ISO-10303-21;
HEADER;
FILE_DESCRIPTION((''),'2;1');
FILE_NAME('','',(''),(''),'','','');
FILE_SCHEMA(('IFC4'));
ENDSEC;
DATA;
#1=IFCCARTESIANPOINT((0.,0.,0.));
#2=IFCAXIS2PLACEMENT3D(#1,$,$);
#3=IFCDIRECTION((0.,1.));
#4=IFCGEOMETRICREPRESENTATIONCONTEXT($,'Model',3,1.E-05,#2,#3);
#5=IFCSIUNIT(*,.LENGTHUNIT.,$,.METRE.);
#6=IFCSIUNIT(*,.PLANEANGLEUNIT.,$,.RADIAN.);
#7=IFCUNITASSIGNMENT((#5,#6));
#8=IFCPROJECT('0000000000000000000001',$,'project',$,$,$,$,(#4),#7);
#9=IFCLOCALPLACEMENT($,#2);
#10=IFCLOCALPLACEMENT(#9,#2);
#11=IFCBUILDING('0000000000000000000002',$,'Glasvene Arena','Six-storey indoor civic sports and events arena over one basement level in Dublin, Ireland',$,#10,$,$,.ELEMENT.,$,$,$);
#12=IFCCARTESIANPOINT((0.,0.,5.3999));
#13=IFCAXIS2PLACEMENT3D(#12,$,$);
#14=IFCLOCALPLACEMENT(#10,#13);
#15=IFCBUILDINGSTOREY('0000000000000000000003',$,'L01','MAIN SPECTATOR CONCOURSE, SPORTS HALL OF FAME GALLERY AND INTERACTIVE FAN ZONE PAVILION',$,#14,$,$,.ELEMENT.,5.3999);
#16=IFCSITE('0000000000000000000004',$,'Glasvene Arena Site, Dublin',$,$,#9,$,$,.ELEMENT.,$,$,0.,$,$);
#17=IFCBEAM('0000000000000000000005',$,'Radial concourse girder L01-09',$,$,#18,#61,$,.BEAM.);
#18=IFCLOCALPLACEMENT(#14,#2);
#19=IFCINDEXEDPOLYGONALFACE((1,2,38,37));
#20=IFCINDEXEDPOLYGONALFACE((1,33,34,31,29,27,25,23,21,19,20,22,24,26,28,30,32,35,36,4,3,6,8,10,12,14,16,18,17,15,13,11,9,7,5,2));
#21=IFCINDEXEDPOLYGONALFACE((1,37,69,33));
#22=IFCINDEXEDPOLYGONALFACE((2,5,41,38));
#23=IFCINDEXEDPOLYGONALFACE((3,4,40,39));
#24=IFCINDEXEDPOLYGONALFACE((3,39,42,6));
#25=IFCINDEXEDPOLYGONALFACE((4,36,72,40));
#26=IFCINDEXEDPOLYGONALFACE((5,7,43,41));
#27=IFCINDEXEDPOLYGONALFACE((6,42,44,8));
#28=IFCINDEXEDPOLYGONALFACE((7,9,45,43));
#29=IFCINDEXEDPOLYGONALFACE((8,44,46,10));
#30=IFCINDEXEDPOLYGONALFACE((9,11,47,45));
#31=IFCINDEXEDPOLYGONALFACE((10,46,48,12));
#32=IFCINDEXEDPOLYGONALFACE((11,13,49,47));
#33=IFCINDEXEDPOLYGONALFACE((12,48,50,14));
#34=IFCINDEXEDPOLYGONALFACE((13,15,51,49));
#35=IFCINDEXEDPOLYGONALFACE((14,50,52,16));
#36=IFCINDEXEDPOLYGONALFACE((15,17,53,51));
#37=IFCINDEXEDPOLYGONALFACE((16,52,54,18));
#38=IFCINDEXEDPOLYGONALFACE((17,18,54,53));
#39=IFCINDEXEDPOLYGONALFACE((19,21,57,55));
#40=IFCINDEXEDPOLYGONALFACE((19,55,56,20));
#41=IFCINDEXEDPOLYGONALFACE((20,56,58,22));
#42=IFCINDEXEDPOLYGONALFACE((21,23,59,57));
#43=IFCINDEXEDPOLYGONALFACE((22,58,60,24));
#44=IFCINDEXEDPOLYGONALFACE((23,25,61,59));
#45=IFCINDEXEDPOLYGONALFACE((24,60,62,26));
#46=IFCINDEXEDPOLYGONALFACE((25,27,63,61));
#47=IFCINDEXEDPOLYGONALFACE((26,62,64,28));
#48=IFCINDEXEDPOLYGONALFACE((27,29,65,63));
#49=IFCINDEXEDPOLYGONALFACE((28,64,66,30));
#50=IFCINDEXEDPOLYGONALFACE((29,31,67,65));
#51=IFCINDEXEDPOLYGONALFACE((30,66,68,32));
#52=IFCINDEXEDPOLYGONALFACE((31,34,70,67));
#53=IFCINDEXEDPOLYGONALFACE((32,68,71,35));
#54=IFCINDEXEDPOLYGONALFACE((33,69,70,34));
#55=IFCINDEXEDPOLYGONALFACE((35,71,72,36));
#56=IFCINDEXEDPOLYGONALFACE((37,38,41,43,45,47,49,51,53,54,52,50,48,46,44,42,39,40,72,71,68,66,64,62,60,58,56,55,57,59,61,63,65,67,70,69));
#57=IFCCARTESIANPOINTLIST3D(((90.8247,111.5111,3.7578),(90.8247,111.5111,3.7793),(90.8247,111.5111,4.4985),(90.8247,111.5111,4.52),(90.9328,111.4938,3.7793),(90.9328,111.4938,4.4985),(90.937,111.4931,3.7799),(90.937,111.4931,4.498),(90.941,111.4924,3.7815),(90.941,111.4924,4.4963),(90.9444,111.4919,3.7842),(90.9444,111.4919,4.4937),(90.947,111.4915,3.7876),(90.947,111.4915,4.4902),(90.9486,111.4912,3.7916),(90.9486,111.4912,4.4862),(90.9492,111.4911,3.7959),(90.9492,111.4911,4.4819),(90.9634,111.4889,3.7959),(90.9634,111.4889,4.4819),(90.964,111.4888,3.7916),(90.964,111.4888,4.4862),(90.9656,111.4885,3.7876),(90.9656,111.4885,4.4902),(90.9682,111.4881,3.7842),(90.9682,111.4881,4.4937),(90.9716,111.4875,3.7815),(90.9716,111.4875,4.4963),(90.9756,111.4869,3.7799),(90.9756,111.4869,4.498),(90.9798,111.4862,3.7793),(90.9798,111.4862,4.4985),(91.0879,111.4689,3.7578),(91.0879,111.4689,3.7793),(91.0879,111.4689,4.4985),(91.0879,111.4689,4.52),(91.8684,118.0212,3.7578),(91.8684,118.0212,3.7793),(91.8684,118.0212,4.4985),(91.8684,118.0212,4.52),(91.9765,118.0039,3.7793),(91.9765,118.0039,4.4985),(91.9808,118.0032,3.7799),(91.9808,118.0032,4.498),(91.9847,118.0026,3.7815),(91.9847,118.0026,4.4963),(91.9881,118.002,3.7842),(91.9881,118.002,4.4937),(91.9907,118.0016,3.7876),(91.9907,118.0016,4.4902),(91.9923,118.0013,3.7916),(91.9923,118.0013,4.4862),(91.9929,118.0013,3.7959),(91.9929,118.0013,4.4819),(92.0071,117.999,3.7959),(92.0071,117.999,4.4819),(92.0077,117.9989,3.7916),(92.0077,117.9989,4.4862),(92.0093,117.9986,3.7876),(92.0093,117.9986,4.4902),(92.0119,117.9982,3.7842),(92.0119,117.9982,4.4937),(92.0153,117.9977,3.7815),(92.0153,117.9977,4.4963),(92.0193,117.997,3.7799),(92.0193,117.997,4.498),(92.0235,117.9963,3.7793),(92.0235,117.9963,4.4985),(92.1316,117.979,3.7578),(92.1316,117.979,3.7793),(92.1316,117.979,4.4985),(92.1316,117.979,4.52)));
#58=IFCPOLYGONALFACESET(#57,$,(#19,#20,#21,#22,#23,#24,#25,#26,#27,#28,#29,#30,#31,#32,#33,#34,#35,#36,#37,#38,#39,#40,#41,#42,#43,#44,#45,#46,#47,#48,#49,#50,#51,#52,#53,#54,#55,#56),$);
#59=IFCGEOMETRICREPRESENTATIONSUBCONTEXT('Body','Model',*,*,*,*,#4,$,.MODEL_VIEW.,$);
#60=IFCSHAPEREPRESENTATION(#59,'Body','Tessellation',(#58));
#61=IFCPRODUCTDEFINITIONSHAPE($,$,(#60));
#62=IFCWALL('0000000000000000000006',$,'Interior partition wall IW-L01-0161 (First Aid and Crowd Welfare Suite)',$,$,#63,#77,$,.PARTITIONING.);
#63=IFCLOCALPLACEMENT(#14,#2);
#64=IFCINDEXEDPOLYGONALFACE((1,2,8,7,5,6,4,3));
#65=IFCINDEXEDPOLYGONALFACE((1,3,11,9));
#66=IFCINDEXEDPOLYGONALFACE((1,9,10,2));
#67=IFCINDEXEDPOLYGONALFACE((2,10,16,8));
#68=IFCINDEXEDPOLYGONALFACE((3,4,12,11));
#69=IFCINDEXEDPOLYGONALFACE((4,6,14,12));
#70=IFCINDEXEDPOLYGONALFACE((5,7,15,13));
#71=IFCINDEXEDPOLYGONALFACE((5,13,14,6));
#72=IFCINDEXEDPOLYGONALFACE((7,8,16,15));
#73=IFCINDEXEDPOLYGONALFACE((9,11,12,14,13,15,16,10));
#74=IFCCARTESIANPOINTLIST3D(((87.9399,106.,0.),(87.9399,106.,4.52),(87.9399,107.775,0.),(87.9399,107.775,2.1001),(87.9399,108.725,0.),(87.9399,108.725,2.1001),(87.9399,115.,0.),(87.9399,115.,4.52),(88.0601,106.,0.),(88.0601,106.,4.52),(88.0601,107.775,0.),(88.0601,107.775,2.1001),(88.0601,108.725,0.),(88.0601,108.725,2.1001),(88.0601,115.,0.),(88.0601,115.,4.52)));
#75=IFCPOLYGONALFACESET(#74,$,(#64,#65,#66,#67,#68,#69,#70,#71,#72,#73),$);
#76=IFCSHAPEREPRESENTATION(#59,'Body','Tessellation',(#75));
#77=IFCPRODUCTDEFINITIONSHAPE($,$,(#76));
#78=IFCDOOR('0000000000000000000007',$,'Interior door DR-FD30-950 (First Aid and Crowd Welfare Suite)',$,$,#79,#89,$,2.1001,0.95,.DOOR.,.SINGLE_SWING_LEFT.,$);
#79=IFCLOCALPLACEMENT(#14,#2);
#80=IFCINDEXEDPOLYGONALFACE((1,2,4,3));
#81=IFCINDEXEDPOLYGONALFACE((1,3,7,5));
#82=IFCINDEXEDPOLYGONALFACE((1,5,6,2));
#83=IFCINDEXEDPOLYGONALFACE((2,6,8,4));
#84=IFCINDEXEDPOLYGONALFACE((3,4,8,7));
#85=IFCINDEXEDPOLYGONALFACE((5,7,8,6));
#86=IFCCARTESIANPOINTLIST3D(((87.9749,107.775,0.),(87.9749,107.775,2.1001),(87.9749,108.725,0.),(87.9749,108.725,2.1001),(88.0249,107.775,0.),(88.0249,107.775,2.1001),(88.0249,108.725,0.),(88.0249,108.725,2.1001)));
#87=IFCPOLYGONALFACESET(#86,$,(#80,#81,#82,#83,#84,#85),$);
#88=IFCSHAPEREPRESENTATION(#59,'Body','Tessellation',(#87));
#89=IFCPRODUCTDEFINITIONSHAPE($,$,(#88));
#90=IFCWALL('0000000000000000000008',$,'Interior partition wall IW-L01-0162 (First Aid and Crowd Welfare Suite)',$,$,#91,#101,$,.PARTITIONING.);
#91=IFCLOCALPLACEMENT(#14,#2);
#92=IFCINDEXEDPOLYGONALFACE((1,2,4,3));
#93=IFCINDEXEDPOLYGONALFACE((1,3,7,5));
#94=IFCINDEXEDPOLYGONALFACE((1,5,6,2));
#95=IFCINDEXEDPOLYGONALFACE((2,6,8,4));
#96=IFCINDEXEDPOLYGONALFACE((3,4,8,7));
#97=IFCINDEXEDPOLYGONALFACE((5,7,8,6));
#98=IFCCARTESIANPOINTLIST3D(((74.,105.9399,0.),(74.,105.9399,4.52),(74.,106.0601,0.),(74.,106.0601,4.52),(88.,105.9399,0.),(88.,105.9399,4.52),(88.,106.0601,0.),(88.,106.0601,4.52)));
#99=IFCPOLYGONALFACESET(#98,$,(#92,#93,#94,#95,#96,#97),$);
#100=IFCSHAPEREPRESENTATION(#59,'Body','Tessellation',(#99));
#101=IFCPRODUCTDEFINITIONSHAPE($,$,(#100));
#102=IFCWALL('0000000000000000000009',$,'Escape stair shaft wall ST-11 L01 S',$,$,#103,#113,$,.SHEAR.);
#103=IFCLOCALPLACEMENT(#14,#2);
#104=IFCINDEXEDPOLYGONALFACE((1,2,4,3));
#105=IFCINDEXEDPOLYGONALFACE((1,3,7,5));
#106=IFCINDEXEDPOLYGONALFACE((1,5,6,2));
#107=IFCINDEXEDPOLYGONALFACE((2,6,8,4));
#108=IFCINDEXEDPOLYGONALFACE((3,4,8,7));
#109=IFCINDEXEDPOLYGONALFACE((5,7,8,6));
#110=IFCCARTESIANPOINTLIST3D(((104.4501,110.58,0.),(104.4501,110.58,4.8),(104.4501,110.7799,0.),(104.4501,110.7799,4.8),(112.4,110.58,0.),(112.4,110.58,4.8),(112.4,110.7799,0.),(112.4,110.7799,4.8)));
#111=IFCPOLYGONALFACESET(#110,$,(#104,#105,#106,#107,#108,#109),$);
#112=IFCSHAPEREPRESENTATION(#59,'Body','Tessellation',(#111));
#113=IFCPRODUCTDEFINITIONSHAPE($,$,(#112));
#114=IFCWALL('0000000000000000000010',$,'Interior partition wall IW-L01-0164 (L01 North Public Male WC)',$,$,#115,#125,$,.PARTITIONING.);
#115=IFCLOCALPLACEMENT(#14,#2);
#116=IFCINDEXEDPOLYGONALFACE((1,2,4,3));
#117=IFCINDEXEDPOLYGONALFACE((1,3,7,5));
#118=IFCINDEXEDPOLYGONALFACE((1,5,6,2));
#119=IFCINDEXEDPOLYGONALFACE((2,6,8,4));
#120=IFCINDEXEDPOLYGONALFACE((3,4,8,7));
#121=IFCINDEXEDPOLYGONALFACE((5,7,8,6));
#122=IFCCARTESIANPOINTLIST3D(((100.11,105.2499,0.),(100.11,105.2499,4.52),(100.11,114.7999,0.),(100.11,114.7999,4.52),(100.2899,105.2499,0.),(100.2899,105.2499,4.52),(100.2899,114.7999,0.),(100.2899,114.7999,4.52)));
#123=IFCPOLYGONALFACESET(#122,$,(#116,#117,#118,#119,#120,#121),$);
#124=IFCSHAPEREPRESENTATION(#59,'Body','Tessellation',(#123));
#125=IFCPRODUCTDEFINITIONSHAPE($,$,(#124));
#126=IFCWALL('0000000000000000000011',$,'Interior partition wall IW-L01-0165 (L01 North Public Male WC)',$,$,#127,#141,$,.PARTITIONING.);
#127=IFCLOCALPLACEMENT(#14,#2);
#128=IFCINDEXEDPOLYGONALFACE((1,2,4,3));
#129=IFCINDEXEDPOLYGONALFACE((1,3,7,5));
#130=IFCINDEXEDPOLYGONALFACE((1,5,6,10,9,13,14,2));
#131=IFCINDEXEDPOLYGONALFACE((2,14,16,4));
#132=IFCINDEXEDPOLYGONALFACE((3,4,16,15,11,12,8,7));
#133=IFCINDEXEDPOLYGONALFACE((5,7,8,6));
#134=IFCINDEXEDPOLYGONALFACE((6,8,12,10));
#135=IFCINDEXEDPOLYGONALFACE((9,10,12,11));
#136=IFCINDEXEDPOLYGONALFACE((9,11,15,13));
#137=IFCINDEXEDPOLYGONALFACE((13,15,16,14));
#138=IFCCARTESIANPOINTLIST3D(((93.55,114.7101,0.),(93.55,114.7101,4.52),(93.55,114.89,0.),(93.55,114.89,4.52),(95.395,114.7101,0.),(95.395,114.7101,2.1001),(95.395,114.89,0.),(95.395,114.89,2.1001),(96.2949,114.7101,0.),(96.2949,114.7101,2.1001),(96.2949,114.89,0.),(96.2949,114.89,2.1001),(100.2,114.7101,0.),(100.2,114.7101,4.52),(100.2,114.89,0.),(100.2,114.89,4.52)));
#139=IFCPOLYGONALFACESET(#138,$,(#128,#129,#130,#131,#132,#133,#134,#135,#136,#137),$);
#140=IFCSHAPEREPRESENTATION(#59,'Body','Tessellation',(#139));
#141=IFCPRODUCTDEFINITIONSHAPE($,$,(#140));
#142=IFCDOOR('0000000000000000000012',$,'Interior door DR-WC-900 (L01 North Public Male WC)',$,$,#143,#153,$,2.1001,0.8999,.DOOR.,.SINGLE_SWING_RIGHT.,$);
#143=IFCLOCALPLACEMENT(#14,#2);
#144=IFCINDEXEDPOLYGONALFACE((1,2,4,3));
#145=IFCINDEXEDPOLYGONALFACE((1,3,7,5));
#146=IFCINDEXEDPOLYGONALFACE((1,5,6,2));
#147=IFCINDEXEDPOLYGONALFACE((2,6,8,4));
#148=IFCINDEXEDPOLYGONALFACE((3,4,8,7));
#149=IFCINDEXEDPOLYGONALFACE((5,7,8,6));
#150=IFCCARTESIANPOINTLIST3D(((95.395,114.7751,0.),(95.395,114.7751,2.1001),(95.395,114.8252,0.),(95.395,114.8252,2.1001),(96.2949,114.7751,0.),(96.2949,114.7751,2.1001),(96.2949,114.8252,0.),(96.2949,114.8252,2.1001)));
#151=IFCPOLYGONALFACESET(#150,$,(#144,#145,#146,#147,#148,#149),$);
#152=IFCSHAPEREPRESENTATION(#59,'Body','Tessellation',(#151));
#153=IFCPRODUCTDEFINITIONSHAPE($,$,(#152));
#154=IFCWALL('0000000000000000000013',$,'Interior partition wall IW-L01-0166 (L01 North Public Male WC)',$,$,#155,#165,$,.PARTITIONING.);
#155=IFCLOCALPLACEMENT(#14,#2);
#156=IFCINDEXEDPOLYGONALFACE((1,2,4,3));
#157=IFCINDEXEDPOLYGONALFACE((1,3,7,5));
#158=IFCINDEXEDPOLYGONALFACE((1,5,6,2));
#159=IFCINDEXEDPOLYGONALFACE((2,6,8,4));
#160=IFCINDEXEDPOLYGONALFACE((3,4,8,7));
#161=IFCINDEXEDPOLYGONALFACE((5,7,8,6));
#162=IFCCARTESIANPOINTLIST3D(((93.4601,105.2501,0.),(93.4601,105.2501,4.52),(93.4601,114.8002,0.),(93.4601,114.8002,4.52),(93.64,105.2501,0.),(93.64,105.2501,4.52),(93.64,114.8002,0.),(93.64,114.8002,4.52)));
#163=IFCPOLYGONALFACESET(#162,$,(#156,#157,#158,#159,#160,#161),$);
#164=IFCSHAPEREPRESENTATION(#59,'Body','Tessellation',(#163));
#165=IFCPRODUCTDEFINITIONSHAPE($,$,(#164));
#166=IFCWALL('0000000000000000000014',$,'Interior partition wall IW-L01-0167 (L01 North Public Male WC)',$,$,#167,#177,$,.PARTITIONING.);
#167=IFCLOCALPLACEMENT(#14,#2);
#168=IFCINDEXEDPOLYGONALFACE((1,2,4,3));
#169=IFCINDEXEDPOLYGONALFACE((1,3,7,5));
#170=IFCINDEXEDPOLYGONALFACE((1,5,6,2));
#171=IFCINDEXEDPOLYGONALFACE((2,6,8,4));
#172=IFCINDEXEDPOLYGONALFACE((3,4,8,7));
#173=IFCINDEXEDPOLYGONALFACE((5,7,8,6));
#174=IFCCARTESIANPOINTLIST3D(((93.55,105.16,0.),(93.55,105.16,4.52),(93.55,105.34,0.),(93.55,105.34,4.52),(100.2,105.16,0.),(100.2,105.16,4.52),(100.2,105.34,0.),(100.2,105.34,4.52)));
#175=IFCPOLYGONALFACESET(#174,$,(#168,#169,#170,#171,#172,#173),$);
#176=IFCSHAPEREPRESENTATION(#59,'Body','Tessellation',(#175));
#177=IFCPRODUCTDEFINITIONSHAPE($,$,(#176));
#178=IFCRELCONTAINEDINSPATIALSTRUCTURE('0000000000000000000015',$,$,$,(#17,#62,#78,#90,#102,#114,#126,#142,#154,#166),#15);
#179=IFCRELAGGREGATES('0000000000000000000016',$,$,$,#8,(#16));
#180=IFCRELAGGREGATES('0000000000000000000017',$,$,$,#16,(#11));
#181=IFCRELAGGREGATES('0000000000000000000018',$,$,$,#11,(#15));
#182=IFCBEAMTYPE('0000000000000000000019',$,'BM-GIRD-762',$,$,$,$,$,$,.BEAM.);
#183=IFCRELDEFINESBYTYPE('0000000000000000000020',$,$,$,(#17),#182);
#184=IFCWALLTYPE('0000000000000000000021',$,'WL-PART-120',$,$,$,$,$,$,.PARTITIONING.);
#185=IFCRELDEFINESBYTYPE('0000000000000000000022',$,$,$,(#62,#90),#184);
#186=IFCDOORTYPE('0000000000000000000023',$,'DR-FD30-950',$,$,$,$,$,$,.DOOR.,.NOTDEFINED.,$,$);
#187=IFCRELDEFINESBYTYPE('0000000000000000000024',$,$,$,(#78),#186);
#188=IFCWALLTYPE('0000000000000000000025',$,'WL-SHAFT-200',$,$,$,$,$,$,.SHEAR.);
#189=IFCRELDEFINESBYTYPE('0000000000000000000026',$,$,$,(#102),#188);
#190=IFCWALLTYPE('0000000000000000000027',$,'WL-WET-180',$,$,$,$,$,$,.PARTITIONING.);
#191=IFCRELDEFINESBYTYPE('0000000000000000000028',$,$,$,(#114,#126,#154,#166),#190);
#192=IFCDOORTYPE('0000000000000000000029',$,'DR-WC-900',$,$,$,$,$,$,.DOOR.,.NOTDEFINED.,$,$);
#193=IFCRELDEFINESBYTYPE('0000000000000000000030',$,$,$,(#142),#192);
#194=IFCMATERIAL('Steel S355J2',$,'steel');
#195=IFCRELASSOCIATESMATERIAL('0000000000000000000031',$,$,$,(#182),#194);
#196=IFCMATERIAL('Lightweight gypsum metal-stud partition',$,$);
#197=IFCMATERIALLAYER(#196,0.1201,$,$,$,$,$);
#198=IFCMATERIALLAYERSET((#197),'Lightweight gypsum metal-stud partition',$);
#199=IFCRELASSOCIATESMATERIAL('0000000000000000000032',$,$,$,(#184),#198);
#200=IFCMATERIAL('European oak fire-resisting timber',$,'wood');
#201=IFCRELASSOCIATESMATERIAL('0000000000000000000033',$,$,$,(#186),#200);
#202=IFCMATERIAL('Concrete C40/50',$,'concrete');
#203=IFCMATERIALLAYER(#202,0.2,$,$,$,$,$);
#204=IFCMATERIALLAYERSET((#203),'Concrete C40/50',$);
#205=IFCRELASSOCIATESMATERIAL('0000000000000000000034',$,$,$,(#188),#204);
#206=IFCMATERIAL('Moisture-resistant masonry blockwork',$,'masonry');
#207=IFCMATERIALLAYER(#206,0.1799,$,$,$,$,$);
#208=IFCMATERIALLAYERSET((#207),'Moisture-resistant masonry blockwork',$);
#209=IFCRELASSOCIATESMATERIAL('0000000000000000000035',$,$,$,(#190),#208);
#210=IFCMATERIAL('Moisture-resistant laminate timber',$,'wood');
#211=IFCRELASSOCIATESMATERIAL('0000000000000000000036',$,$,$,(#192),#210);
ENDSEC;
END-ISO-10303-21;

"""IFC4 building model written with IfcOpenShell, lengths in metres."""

from ifc_helpers import new_model, si_unit, direction, frame, frame_2d, origin, origin_2d, place, context, subcontext, project, spatial, rectangle, i_section, extrude, material, layer, layer_set, material_profile, profile_set, type_object, element, fill, save


model = new_model("IFC4")

# Units and contexts
model_context = context("Model", 3, precision=1e-05, world=origin(), true_north=direction((0.0, 1.0)))
body_context = subcontext(model_context, "Body", "Model", "MODEL_VIEW")
ifc_project = project(units=[si_unit("LENGTHUNIT", "METRE"), si_unit("PLANEANGLEUNIT", "RADIAN")], contexts=[model_context])

# Site, building, storey
site_placement = place(None, origin())
site = spatial("IfcSite", under=ifc_project, at=site_placement, Name="Glasvene Arena Site, Dublin", CompositionType="ELEMENT", RefElevation=0.0)
building_placement = place(site_placement, origin())
building = spatial("IfcBuilding", under=site, at=building_placement, Name="Glasvene Arena", Description="Six-storey indoor civic sports and events arena over one basement level in Dublin, Ireland", CompositionType="ELEMENT")
storey_placement = place(building_placement, frame((0.0, 0.0, 5.3999)))
storey = spatial("IfcBuildingStorey", under=building, at=storey_placement, Name="L01", Description="MAIN SPECTATOR CONCOURSE, SPORTS HALL OF FAME GALLERY AND INTERACTIVE FAN ZONE PAVILION", CompositionType="ELEMENT", Elevation=5.3999)

# Shared definitions
ifc_material_1 = material(Name="Steel S355J2", Category="steel")

# Beam
ifc_material_profile_1 = material_profile(ifc_material_1, i_section(OverallWidth=0.2666, OverallDepth=0.7622, WebThickness=0.0144, FlangeThickness=0.0215, FilletRadius=0.0166, at=origin_2d()), Name="UKB 762x267x173")
ifc_profile_set_1 = profile_set([ifc_material_profile_1], Name="Steel S355J2")
beam_type_1 = type_object("IfcBeamType", Name="BM-GIRD-762", PredefinedType="BEAM", material=ifc_profile_set_1)
for number, where, z_axis, x_axis, name in (
    (1, (90.9563, 111.49, 4.1389), (0.158301, 0.987391, 0.0), (-0.987391, 0.158301, 0.0), "Radial concourse girder L01-09"),
):
    element("IfcBeam", number, at=place(storey_placement, frame(where, z_axis=z_axis, x_axis=x_axis)), inside=storey, type_object=beam_type_1, Name=name, PredefinedType="BEAM", context=body_context, shape_type="SweptSolid", body=[
        extrude(i_section(OverallWidth=0.2666, OverallDepth=0.7622, WebThickness=0.0144, FlangeThickness=0.0215, FilletRadius=0.0166, at=origin_2d()), origin(), (0.0, 0.0, 1.0), 6.5933),
    ])

# Wall, opening, door
ifc_material_2 = material(Name="Lightweight gypsum metal-stud partition")
ifc_layer_1 = layer(ifc_material_2, 0.1201)
ifc_layer_set_1 = layer_set([ifc_layer_1], Name="Lightweight gypsum metal-stud partition")
wall_type_1 = type_object("IfcWallType", Name="WL-PART-120", PredefinedType="PARTITIONING", material=ifc_layer_set_1)
wall_1_placement = place(storey_placement, frame((88.0, 115.0, 0.0), z_axis=(0.0, 0.0, 1.0), x_axis=(0.0, -1.0, 0.0)))
wall_1 = element("IfcWall", 2, at=wall_1_placement, inside=storey, type_object=wall_type_1, Name="Interior partition wall IW-L01-0161 (First Aid and Crowd Welfare Suite)", PredefinedType="PARTITIONING", context=body_context, shape_type="SweptSolid", body=[
    extrude(rectangle(XDim=9.0, YDim=0.1201, at=frame_2d((4.5, 0.0))), origin(), (0.0, 0.0, 1.0), 4.52),
])
opening_1_placement = place(wall_1_placement, frame((6.2749, 0.0, 0.0)))
opening_1 = element("IfcOpeningElement", 3, at=opening_1_placement, cuts=wall_1, PredefinedType="OPENING", context=body_context, shape_type="SweptSolid", body=[
    extrude(rectangle(XDim=0.95, YDim=2.1001, at=frame_2d((0.4751, 1.05))), frame((0.0, 0.0701, 0.0), z_axis=(0.0, -1.0, 0.0), x_axis=(1.0, 0.0, 0.0)), (0.0, 0.0, 1.0), 0.1401),
])
ifc_material_3 = material(Name="European oak fire-resisting timber", Category="wood")
door_type_1 = type_object("IfcDoorType", Name="DR-FD30-950", OperationType="NOTDEFINED", PredefinedType="DOOR", material=ifc_material_3)
door_1_placement = place(opening_1_placement, origin())
door_1 = element("IfcDoor", 4, at=door_1_placement, inside=storey, type_object=door_type_1, Name="Interior door DR-FD30-950 (First Aid and Crowd Welfare Suite)", OperationType="SINGLE_SWING_LEFT", OverallHeight=2.1001, OverallWidth=0.95, PredefinedType="DOOR", context=body_context, shape_type="SweptSolid", body=[
    extrude(rectangle(XDim=0.95, YDim=2.1001, at=frame_2d((0.4751, 1.05))), frame((0.0, 0.0249, 0.0), z_axis=(0.0, -1.0, 0.0), x_axis=(1.0, 0.0, 0.0)), (0.0, 0.0, 1.0), 0.05),
])
fill(opening_1, door_1)

# Walls
wall_2_placement = place(storey_placement, frame((88.0, 106.0, 0.0), z_axis=(0.0, 0.0, 1.0), x_axis=(-1.0, 0.0, 0.0)))
element("IfcWall", 5, at=wall_2_placement, inside=storey, type_object=wall_type_1, Name="Interior partition wall IW-L01-0162 (First Aid and Crowd Welfare Suite)", PredefinedType="PARTITIONING", context=body_context, shape_type="SweptSolid", body=[
    extrude(rectangle(XDim=14.0, YDim=0.1201, at=frame_2d((7.0, 0.0))), origin(), (0.0, 0.0, 1.0), 4.52),
])
ifc_material_4 = material(Name="Concrete C40/50", Category="concrete")
ifc_layer_2 = layer(ifc_material_4, 0.2)
ifc_layer_set_2 = layer_set([ifc_layer_2], Name="Concrete C40/50")
wall_type_2 = type_object("IfcWallType", Name="WL-SHAFT-200", PredefinedType="SHEAR", material=ifc_layer_set_2)
wall_3_placement = place(storey_placement, frame((104.45, 110.6799, 0.0), z_axis=(0.0, 0.0, 1.0), x_axis=(1.0, 0.0, 0.0)))
element("IfcWall", 6, at=wall_3_placement, inside=storey, type_object=wall_type_2, Name="Escape stair shaft wall ST-11 L01 S", PredefinedType="SHEAR", context=body_context, shape_type="SweptSolid", body=[
    extrude(rectangle(XDim=7.95, YDim=0.2, at=frame_2d((3.9751, 0.0))), origin(), (0.0, 0.0, 1.0), 4.8),
])
ifc_material_5 = material(Name="Moisture-resistant masonry blockwork", Category="masonry")
ifc_layer_3 = layer(ifc_material_5, 0.1799)
ifc_layer_set_3 = layer_set([ifc_layer_3], Name="Moisture-resistant masonry blockwork")
wall_type_3 = type_object("IfcWallType", Name="WL-WET-180", PredefinedType="PARTITIONING", material=ifc_layer_set_3)
wall_4_placement = place(storey_placement, frame((100.2, 105.25, 0.0), z_axis=(0.0, 0.0, 1.0), x_axis=(0.0, 1.0, 0.0)))
element("IfcWall", 7, at=wall_4_placement, inside=storey, type_object=wall_type_3, Name="Interior partition wall IW-L01-0164 (L01 North Public Male WC)", PredefinedType="PARTITIONING", context=body_context, shape_type="SweptSolid", body=[
    extrude(rectangle(XDim=9.55, YDim=0.1799, at=frame_2d((4.7749, 0.0))), origin(), (0.0, 0.0, 1.0), 4.52),
])

# Wall, opening, door
wall_5_placement = place(storey_placement, frame((100.2, 114.8, 0.0), z_axis=(0.0, 0.0, 1.0), x_axis=(-1.0, 0.0, 0.0)))
wall_5 = element("IfcWall", 8, at=wall_5_placement, inside=storey, type_object=wall_type_3, Name="Interior partition wall IW-L01-0165 (L01 North Public Male WC)", PredefinedType="PARTITIONING", context=body_context, shape_type="SweptSolid", body=[
    extrude(rectangle(XDim=6.6499, YDim=0.1799, at=frame_2d((3.325, 0.0))), origin(), (0.0, 0.0, 1.0), 4.52),
])
opening_2_placement = place(wall_5_placement, frame((3.905, 0.0, 0.0)))
opening_2 = element("IfcOpeningElement", 9, at=opening_2_placement, cuts=wall_5, PredefinedType="OPENING", context=body_context, shape_type="SweptSolid", body=[
    extrude(rectangle(XDim=0.8999, YDim=2.1001, at=frame_2d((0.45, 1.05))), frame((0.0, 0.1001, 0.0), z_axis=(0.0, -1.0, 0.0), x_axis=(1.0, 0.0, 0.0)), (0.0, 0.0, 1.0), 0.2),
])
ifc_material_6 = material(Name="Moisture-resistant laminate timber", Category="wood")
door_type_2 = type_object("IfcDoorType", Name="DR-WC-900", OperationType="NOTDEFINED", PredefinedType="DOOR", material=ifc_material_6)
door_2_placement = place(opening_2_placement, origin())
door_2 = element("IfcDoor", 10, at=door_2_placement, inside=storey, type_object=door_type_2, Name="Interior door DR-WC-900 (L01 North Public Male WC)", OperationType="SINGLE_SWING_RIGHT", OverallHeight=2.1001, OverallWidth=0.8999, PredefinedType="DOOR", context=body_context, shape_type="SweptSolid", body=[
    extrude(rectangle(XDim=0.8999, YDim=2.1001, at=frame_2d((0.45, 1.05))), frame((0.0, 0.0249, 0.0), z_axis=(0.0, -1.0, 0.0), x_axis=(1.0, 0.0, 0.0)), (0.0, 0.0, 1.0), 0.05),
])
fill(opening_2, door_2)

# Walls
wall_6_placement = place(storey_placement, frame((93.55, 114.8, 0.0), z_axis=(0.0, 0.0, 1.0), x_axis=(0.0, -1.0, 0.0)))
element("IfcWall", 11, at=wall_6_placement, inside=storey, type_object=wall_type_3, Name="Interior partition wall IW-L01-0166 (L01 North Public Male WC)", PredefinedType="PARTITIONING", context=body_context, shape_type="SweptSolid", body=[
    extrude(rectangle(XDim=9.55, YDim=0.1799, at=frame_2d((4.7749, 0.0))), origin(), (0.0, 0.0, 1.0), 4.52),
])
wall_7_placement = place(storey_placement, frame((93.55, 105.25, 0.0), z_axis=(0.0, 0.0, 1.0), x_axis=(1.0, 0.0, 0.0)))
element("IfcWall", 12, at=wall_7_placement, inside=storey, type_object=wall_type_3, Name="Interior partition wall IW-L01-0167 (L01 North Public Male WC)", PredefinedType="PARTITIONING", context=body_context, shape_type="SweptSolid", body=[
    extrude(rectangle(XDim=6.6499, YDim=0.1799, at=frame_2d((3.325, 0.0))), origin(), (0.0, 0.0, 1.0), 4.52),
])

save(model, "model.ifc")
